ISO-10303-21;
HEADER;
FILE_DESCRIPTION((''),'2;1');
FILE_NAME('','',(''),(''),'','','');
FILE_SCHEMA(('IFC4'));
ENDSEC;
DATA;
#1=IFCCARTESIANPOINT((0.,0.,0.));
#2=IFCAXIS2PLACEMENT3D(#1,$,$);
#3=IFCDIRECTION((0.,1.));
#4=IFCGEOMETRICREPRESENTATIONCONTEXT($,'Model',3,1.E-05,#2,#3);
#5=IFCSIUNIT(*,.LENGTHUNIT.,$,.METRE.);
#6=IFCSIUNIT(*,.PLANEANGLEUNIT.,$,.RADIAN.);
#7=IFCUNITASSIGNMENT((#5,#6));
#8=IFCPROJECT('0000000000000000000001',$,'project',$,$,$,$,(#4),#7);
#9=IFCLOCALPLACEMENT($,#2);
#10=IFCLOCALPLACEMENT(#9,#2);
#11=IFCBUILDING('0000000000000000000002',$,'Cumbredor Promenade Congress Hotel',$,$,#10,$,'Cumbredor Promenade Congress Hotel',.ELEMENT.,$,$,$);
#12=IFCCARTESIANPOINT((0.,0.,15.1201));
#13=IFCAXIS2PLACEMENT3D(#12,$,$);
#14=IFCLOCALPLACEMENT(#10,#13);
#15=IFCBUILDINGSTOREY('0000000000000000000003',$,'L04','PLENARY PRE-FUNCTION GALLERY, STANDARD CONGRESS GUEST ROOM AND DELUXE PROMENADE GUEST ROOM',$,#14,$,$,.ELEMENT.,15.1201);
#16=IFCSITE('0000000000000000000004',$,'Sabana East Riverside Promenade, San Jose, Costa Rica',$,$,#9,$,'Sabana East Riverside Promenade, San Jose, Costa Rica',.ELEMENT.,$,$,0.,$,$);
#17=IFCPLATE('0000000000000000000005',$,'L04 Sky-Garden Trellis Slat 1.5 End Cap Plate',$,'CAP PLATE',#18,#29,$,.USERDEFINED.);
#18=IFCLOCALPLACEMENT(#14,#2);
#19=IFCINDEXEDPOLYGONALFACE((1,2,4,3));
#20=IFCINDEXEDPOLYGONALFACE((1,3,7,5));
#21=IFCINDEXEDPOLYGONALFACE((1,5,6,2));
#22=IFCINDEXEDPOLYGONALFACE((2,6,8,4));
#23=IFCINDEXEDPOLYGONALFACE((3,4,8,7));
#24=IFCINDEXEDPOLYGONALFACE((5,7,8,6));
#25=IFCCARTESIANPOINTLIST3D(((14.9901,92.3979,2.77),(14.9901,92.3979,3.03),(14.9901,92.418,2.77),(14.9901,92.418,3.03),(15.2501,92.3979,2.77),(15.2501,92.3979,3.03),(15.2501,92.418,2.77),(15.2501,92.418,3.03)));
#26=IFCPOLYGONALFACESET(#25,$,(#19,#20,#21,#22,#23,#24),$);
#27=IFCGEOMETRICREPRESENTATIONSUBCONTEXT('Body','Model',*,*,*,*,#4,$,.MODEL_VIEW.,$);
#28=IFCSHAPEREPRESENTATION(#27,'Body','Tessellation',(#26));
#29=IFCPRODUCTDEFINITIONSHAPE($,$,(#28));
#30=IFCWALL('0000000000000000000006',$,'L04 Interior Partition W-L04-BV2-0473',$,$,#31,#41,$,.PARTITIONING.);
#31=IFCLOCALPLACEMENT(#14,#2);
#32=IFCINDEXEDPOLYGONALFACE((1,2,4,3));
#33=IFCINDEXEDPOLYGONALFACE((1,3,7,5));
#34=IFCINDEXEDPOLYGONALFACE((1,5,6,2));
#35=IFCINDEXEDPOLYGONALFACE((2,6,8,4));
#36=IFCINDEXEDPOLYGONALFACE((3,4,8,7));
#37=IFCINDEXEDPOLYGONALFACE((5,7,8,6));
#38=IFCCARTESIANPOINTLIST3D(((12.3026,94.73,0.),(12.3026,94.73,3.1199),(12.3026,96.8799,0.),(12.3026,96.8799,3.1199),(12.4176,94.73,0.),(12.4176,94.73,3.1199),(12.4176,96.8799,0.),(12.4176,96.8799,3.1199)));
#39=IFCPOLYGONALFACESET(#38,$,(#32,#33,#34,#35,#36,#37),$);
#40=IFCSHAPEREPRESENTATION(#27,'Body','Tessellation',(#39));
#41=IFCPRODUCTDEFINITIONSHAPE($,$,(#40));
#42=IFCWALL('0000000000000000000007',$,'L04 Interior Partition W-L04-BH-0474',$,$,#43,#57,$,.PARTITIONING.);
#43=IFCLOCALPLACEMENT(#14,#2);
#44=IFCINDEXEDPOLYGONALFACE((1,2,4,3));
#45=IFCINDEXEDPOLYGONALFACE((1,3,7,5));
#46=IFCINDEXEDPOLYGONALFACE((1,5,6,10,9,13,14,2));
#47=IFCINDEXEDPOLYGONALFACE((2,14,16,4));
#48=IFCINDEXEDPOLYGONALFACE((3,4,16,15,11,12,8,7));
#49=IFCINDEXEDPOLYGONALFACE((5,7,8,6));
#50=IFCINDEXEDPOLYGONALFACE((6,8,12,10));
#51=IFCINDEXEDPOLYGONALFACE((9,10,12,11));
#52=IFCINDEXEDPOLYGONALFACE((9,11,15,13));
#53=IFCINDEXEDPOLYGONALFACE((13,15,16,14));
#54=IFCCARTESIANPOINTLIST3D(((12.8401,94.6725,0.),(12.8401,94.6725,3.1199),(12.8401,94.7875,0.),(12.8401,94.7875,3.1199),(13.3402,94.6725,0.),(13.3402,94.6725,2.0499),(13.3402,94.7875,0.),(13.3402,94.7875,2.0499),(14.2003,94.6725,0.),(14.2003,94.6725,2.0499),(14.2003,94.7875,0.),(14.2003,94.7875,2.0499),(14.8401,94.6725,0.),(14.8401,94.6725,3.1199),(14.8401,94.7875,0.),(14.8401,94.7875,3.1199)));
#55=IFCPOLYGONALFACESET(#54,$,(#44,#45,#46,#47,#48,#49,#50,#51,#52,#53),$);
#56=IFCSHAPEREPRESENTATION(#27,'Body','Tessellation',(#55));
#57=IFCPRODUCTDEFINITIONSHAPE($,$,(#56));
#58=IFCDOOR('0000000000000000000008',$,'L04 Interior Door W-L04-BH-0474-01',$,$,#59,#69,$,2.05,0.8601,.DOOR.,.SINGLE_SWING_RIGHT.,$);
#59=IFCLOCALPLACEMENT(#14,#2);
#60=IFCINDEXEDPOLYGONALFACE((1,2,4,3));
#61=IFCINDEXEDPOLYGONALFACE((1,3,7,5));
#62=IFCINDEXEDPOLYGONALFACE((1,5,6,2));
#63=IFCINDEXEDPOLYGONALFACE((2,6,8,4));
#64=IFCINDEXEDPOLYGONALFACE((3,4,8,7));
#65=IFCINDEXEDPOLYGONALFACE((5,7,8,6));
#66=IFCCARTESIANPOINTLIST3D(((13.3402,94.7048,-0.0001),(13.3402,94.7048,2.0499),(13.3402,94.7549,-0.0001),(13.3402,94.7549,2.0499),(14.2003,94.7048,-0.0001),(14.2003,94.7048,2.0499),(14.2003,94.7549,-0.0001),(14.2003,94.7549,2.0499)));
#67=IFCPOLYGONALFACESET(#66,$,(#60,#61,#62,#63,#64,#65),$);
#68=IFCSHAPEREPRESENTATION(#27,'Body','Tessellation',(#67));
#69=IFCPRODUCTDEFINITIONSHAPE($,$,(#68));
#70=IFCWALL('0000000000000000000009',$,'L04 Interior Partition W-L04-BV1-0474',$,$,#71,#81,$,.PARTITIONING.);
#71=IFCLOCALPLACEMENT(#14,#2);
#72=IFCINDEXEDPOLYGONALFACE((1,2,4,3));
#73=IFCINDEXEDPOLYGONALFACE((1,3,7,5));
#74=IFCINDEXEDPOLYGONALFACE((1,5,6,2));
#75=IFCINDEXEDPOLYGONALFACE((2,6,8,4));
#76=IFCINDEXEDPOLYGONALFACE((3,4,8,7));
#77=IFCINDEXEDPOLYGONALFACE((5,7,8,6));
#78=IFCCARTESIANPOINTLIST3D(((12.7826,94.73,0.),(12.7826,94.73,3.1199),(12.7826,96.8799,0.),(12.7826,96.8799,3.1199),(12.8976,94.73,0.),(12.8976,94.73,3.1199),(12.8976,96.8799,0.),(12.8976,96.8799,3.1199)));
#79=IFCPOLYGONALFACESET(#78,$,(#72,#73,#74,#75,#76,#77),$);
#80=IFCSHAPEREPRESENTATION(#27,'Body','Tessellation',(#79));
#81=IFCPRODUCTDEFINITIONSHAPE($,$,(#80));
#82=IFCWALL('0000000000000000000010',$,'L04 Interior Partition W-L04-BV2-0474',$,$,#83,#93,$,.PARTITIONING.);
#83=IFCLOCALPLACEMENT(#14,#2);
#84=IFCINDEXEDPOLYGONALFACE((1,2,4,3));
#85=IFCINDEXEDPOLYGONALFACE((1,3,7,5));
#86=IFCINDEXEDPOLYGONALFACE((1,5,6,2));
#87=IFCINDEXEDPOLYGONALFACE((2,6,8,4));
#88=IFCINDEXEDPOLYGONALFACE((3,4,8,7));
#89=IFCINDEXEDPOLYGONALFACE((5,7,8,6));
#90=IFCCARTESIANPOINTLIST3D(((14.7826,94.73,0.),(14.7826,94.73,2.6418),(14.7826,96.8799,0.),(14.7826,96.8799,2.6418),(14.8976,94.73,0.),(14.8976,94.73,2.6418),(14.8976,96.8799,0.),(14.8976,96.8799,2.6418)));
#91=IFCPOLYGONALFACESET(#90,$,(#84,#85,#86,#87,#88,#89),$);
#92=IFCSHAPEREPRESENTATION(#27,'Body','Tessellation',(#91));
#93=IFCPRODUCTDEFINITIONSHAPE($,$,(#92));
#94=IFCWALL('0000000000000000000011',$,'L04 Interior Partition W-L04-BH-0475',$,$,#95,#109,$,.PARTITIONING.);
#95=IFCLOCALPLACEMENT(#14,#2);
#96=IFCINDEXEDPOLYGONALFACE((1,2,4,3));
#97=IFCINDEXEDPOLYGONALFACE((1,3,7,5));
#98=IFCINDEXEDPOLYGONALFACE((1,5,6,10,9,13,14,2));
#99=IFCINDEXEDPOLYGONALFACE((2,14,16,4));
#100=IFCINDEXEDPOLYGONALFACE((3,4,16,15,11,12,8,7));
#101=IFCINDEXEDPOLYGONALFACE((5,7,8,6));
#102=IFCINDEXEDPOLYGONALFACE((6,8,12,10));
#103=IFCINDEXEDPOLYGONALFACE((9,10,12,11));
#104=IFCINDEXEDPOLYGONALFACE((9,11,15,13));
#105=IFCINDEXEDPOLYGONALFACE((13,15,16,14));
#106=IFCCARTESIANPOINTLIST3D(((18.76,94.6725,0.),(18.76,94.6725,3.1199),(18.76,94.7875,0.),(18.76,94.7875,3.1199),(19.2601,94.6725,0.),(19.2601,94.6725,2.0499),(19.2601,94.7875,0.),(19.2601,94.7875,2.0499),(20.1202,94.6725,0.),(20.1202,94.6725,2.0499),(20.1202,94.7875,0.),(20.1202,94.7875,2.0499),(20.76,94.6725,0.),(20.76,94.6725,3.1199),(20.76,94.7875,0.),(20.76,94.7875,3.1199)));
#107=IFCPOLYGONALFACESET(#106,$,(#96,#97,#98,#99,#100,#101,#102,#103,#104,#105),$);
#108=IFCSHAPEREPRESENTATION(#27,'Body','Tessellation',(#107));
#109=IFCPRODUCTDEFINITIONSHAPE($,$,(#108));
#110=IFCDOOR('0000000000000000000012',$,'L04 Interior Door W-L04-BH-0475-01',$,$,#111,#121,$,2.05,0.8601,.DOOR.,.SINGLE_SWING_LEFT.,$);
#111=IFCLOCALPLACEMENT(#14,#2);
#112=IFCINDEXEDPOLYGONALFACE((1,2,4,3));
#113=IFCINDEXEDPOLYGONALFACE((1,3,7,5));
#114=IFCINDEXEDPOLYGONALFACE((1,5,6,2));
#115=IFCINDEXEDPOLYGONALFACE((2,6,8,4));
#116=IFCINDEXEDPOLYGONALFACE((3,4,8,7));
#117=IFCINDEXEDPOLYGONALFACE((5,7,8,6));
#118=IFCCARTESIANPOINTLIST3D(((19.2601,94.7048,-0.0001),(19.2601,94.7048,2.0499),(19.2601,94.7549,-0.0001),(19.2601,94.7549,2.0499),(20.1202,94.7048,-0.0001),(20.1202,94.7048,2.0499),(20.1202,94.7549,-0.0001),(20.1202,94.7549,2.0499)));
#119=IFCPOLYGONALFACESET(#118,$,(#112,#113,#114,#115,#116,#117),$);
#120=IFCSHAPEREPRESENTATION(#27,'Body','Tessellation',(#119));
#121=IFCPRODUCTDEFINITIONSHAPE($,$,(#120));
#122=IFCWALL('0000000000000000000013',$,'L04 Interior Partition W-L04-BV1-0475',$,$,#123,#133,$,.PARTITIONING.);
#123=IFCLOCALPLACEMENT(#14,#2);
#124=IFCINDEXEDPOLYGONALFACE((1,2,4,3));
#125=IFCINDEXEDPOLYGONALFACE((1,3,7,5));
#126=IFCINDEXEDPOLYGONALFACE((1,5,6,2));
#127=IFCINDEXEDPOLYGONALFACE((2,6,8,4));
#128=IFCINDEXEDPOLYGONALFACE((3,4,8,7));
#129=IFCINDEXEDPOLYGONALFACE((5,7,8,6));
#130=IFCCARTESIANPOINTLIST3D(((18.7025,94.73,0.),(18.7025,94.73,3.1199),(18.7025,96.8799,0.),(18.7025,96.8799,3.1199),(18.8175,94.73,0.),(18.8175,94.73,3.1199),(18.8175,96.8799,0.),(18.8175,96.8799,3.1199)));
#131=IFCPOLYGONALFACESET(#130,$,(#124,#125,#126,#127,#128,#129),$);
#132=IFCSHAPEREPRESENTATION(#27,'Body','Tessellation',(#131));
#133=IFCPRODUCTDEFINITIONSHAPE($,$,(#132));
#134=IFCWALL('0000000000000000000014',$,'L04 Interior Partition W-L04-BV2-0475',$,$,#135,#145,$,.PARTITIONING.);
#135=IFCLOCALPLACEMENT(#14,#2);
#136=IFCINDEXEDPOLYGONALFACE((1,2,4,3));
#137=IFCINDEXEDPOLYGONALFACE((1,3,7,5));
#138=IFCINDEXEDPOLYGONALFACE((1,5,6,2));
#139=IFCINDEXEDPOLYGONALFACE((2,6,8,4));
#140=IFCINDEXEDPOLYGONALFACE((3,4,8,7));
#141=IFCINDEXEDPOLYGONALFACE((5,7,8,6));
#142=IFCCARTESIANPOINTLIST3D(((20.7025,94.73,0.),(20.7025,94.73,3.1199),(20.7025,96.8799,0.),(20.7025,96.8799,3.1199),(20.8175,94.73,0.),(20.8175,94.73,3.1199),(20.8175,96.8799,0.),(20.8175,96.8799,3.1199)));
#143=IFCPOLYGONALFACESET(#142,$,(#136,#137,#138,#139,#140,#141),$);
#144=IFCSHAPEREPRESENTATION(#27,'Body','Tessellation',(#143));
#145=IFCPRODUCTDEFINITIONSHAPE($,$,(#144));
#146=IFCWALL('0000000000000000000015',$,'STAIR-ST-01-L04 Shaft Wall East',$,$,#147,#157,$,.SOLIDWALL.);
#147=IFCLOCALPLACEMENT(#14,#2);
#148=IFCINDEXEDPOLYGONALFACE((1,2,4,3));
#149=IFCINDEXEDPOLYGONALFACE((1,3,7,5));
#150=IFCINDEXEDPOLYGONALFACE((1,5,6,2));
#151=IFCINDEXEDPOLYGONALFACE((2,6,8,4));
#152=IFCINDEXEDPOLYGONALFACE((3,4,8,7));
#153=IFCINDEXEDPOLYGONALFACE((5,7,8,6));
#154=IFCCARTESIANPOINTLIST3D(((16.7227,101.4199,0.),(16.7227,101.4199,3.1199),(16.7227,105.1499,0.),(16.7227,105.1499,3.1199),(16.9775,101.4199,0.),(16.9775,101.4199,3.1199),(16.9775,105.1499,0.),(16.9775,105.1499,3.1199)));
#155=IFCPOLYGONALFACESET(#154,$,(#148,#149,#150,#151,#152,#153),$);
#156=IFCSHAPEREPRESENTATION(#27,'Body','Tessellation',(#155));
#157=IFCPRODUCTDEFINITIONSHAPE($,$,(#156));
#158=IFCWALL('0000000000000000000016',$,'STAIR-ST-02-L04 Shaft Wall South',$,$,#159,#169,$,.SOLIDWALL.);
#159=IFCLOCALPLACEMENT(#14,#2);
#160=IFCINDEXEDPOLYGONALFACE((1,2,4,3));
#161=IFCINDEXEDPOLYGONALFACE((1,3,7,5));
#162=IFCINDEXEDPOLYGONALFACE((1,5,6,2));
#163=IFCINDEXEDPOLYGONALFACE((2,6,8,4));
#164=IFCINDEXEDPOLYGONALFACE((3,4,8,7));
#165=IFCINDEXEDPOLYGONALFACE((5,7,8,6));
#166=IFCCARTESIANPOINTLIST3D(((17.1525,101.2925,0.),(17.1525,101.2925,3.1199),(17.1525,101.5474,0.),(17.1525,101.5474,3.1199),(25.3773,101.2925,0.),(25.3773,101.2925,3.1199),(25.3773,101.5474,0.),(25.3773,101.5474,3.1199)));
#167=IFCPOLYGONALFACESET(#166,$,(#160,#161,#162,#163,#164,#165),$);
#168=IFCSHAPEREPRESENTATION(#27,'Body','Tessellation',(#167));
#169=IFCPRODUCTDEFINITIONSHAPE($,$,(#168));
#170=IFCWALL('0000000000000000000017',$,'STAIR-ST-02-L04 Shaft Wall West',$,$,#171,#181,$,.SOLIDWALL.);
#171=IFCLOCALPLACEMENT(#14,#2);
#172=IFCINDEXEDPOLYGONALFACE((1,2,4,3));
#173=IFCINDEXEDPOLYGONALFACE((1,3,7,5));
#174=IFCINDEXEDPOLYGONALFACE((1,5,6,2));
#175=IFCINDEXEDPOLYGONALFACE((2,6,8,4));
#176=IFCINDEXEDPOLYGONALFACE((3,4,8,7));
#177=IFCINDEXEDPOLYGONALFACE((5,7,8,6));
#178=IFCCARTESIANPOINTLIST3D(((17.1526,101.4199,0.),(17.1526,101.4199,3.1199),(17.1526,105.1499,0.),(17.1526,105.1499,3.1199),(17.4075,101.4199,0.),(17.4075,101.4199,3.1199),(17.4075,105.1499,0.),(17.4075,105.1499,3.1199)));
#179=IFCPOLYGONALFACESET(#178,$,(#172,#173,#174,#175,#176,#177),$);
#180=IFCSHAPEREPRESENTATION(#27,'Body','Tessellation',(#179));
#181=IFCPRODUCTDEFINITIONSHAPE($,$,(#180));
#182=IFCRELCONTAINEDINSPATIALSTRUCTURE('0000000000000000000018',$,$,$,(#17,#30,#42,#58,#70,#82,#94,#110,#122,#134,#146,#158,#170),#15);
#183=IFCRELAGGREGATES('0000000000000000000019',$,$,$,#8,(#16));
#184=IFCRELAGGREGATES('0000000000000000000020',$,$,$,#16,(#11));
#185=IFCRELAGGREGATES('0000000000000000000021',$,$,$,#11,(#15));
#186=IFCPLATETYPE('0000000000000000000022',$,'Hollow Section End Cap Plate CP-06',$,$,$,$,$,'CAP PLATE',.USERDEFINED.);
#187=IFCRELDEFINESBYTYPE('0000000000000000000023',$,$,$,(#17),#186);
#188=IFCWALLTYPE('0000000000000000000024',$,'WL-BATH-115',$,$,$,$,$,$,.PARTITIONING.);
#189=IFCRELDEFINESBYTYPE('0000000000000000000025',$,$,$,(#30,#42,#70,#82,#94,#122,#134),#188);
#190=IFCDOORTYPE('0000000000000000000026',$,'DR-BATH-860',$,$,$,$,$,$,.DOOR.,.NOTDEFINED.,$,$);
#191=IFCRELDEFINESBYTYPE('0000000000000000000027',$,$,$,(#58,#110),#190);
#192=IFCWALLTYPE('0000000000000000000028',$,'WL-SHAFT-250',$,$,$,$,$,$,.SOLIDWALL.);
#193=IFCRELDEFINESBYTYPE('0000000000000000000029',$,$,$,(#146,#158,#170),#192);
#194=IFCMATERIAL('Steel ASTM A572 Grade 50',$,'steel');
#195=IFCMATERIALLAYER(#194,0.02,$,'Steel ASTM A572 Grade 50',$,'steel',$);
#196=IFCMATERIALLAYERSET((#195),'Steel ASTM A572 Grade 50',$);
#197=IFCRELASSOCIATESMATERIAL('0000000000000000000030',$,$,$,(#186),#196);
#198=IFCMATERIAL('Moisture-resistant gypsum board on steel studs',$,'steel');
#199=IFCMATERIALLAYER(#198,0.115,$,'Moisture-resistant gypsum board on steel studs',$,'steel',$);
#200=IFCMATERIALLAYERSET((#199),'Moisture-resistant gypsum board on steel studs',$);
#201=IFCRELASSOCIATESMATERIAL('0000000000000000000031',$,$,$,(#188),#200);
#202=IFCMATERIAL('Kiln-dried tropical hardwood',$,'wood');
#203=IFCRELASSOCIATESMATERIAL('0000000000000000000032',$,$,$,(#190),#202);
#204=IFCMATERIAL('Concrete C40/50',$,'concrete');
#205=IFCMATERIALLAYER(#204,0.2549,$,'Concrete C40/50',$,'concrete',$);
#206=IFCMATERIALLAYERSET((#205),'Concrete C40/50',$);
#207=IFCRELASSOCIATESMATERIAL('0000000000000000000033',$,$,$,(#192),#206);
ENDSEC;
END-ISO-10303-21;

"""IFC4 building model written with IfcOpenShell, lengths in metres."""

from ifc_helpers import new_model, si_unit, direction, frame, frame_2d, origin, origin_2d, place, context, subcontext, project, spatial, rectangle, extrude, material, layer, layer_set, type_object, element, fill, save


model = new_model("IFC4")

# Units and contexts
model_context = context("Model", 3, precision=1e-05, world=origin(), true_north=direction((0.0, 1.0)))
body_context = subcontext(model_context, "Body", "Model", "MODEL_VIEW")
ifc_project = project(units=[si_unit("LENGTHUNIT", "METRE"), si_unit("PLANEANGLEUNIT", "RADIAN")], contexts=[model_context])

# Site, building, storey
site_placement = place(None, origin())
site = spatial("IfcSite", under=ifc_project, at=site_placement, Name="Sabana East Riverside Promenade, San Jose, Costa Rica", LongName="Sabana East Riverside Promenade, San Jose, Costa Rica", CompositionType="ELEMENT", RefElevation=0.0)
building_placement = place(site_placement, origin())
building = spatial("IfcBuilding", under=site, at=building_placement, Name="Cumbredor Promenade Congress Hotel", LongName="Cumbredor Promenade Congress Hotel", CompositionType="ELEMENT")
storey_placement = place(building_placement, frame((0.0, 0.0, 15.1201)))
storey = spatial("IfcBuildingStorey", under=building, at=storey_placement, Name="L04", Description="PLENARY PRE-FUNCTION GALLERY, STANDARD CONGRESS GUEST ROOM AND DELUXE PROMENADE GUEST ROOM", CompositionType="ELEMENT", Elevation=15.1201)

# Shared definitions
ifc_material_1 = material(Name="Concrete C40/50", Category="concrete")

# Plate
ifc_material_2 = material(Name="Steel ASTM A572 Grade 50", Category="steel")
ifc_layer_1 = layer(ifc_material_2, 0.02, Name="Steel ASTM A572 Grade 50", Category="steel")
ifc_layer_set_1 = layer_set([ifc_layer_1], Name="Steel ASTM A572 Grade 50")
plate_type_1 = type_object("IfcPlateType", Name="Hollow Section End Cap Plate CP-06", ElementType="CAP PLATE", PredefinedType="USERDEFINED", material=ifc_layer_set_1)
for number, where, z_axis, x_axis, name in (
    (1, (15.1201, 92.408, 2.77), (0.0, 0.0, 1.0), (0.0, 1.0, 0.0), "L04 Sky-Garden Trellis Slat 1.5 End Cap Plate"),
):
    element("IfcPlate", number, at=place(storey_placement, frame(where, z_axis=z_axis, x_axis=x_axis)), inside=storey, type_object=plate_type_1, Name=name, ObjectType="CAP PLATE", PredefinedType="USERDEFINED", context=body_context, shape_type="SweptSolid", body=[
        extrude(rectangle(XDim=0.02, YDim=0.26, at=origin_2d()), origin(), (0.0, 0.0, 1.0), 0.26),
    ])

# Wall
ifc_material_3 = material(Name="Moisture-resistant gypsum board on steel studs", Category="steel")
ifc_layer_2 = layer(ifc_material_3, 0.115, Name="Moisture-resistant gypsum board on steel studs", Category="steel")
ifc_layer_set_2 = layer_set([ifc_layer_2], Name="Moisture-resistant gypsum board on steel studs")
wall_type_1 = type_object("IfcWallType", Name="WL-BATH-115", PredefinedType="PARTITIONING", material=ifc_layer_set_2)
wall_1_placement = place(storey_placement, frame((12.3601, 94.73, 0.0), z_axis=(0.0, 0.0, 1.0), x_axis=(0.0, 1.0, 0.0)))
element("IfcWall", 2, at=wall_1_placement, inside=storey, type_object=wall_type_1, Name="L04 Interior Partition W-L04-BV2-0473", PredefinedType="PARTITIONING", context=body_context, shape_type="SweptSolid", body=[
    extrude(rectangle(XDim=2.1499, YDim=0.115, at=frame_2d((1.075, 0.0))), origin(), (0.0, 0.0, 1.0), 3.1199),
])

# Wall, opening, door
wall_2_placement = place(storey_placement, frame((12.8401, 94.73, 0.0), z_axis=(0.0, 0.0, 1.0), x_axis=(1.0, 0.0, 0.0)))
wall_2 = element("IfcWall", 3, at=wall_2_placement, inside=storey, type_object=wall_type_1, Name="L04 Interior Partition W-L04-BH-0474", PredefinedType="PARTITIONING", context=body_context, shape_type="SweptSolid", body=[
    extrude(rectangle(XDim=2.0, YDim=0.115, at=frame_2d((1.0, 0.0))), origin(), (0.0, 0.0, 1.0), 3.1199),
])
opening_1_placement = place(wall_2_placement, frame((0.5, 0.0, 0.0)))
opening_1 = element("IfcOpeningElement", 4, at=opening_1_placement, cuts=wall_2, PredefinedType="OPENING", context=body_context, shape_type="SweptSolid", body=[
    extrude(rectangle(XDim=0.8601, YDim=2.05, at=frame_2d((0.4302, 1.0249))), frame((0.0, 0.0674, 0.0), z_axis=(0.0, -1.0, 0.0), x_axis=(1.0, 0.0, 0.0)), (0.0, 0.0, 1.0), 0.135),
])
ifc_material_4 = material(Name="Kiln-dried tropical hardwood", Category="wood")
door_type = type_object("IfcDoorType", Name="DR-BATH-860", OperationType="NOTDEFINED", PredefinedType="DOOR", material=ifc_material_4)
door_1_placement = place(opening_1_placement, origin())
door_1 = element("IfcDoor", 5, at=door_1_placement, inside=storey, type_object=door_type, Name="L04 Interior Door W-L04-BH-0474-01", OperationType="SINGLE_SWING_RIGHT", OverallHeight=2.05, OverallWidth=0.8601, PredefinedType="DOOR", context=body_context, shape_type="SweptSolid", body=[
    extrude(rectangle(XDim=0.8601, YDim=2.05, at=frame_2d((0.4302, 1.0249))), frame((0.0, 0.0249, 0.0), z_axis=(0.0, -1.0, 0.0), x_axis=(1.0, 0.0, 0.0)), (0.0, 0.0, 1.0), 0.05),
])
fill(opening_1, door_1)

# Walls
wall_3_placement = place(storey_placement, frame((12.8401, 94.73, 0.0), z_axis=(0.0, 0.0, 1.0), x_axis=(0.0, 1.0, 0.0)))
element("IfcWall", 6, at=wall_3_placement, inside=storey, type_object=wall_type_1, Name="L04 Interior Partition W-L04-BV1-0474", PredefinedType="PARTITIONING", context=body_context, shape_type="SweptSolid", body=[
    extrude(rectangle(XDim=2.1499, YDim=0.115, at=frame_2d((1.075, 0.0))), origin(), (0.0, 0.0, 1.0), 3.1199),
])
wall_4_placement = place(storey_placement, frame((14.8401, 94.73, 0.0), z_axis=(0.0, 0.0, 1.0), x_axis=(0.0, 1.0, 0.0)))
element("IfcWall", 7, at=wall_4_placement, inside=storey, type_object=wall_type_1, Name="L04 Interior Partition W-L04-BV2-0474", PredefinedType="PARTITIONING", context=body_context, shape_type="SweptSolid", body=[
    extrude(rectangle(XDim=2.1499, YDim=0.115, at=frame_2d((1.075, 0.0))), origin(), (0.0, 0.0, 1.0), 2.6418),
])

# Wall, opening, door
wall_5_placement = place(storey_placement, frame((18.76, 94.73, 0.0), z_axis=(0.0, 0.0, 1.0), x_axis=(1.0, 0.0, 0.0)))
wall_5 = element("IfcWall", 8, at=wall_5_placement, inside=storey, type_object=wall_type_1, Name="L04 Interior Partition W-L04-BH-0475", PredefinedType="PARTITIONING", context=body_context, shape_type="SweptSolid", body=[
    extrude(rectangle(XDim=2.0, YDim=0.115, at=frame_2d((1.0, 0.0))), origin(), (0.0, 0.0, 1.0), 3.1199),
])
opening_2_placement = place(wall_5_placement, frame((0.5, 0.0, 0.0)))
opening_2 = element("IfcOpeningElement", 9, at=opening_2_placement, cuts=wall_5, PredefinedType="OPENING", context=body_context, shape_type="SweptSolid", body=[
    extrude(rectangle(XDim=0.8601, YDim=2.05, at=frame_2d((0.4302, 1.0249))), frame((0.0, 0.0674, 0.0), z_axis=(0.0, -1.0, 0.0), x_axis=(1.0, 0.0, 0.0)), (0.0, 0.0, 1.0), 0.135),
])
door_2_placement = place(opening_2_placement, origin())
door_2 = element("IfcDoor", 10, at=door_2_placement, inside=storey, type_object=door_type, Name="L04 Interior Door W-L04-BH-0475-01", OperationType="SINGLE_SWING_LEFT", OverallHeight=2.05, OverallWidth=0.8601, PredefinedType="DOOR", context=body_context, shape_type="SweptSolid", body=[
    extrude(rectangle(XDim=0.8601, YDim=2.05, at=frame_2d((0.4302, 1.0249))), frame((0.0, 0.0249, 0.0), z_axis=(0.0, -1.0, 0.0), x_axis=(1.0, 0.0, 0.0)), (0.0, 0.0, 1.0), 0.05),
])
fill(opening_2, door_2)

# Walls
for number, where, z_axis, x_axis, name in (
    (11, (18.76, 94.73, 0.0), (0.0, 0.0, 1.0), (0.0, 1.0, 0.0), "L04 Interior Partition W-L04-BV1-0475"),
    (12, (20.76, 94.73, 0.0), (0.0, 0.0, 1.0), (0.0, 1.0, 0.0), "L04 Interior Partition W-L04-BV2-0475"),
):
    element("IfcWall", number, at=place(storey_placement, frame(where, z_axis=z_axis, x_axis=x_axis)), inside=storey, type_object=wall_type_1, Name=name, PredefinedType="PARTITIONING", context=body_context, shape_type="SweptSolid", body=[
        extrude(rectangle(XDim=2.1499, YDim=0.115, at=frame_2d((1.075, 0.0))), origin(), (0.0, 0.0, 1.0), 3.1199),
    ])
ifc_layer_3 = layer(ifc_material_1, 0.2549, Name="Concrete C40/50", Category="concrete")
ifc_layer_set_3 = layer_set([ifc_layer_3], Name="Concrete C40/50")
wall_type_2 = type_object("IfcWallType", Name="WL-SHAFT-250", PredefinedType="SOLIDWALL", material=ifc_layer_set_3)
wall_6_placement = place(storey_placement, frame((16.8501, 101.4199, 0.0), z_axis=(0.0, 0.0, 1.0), x_axis=(0.0, 1.0, 0.0)))
element("IfcWall", 13, at=wall_6_placement, inside=storey, type_object=wall_type_2, Name="STAIR-ST-01-L04 Shaft Wall East", PredefinedType="SOLIDWALL", context=body_context, shape_type="SweptSolid", body=[
    extrude(rectangle(XDim=3.73, YDim=0.2549, at=frame_2d((1.865, 0.0))), origin(), (0.0, 0.0, 1.0), 3.1199),
])
wall_7_placement = place(storey_placement, frame((17.1526, 101.4199, 0.0), z_axis=(0.0, 0.0, 1.0), x_axis=(1.0, 0.0, 0.0)))
element("IfcWall", 14, at=wall_7_placement, inside=storey, type_object=wall_type_2, Name="STAIR-ST-02-L04 Shaft Wall South", PredefinedType="SOLIDWALL", context=body_context, shape_type="SweptSolid", body=[
    extrude(rectangle(XDim=8.2249, YDim=0.2549, at=frame_2d((4.1123, 0.0))), origin(), (0.0, 0.0, 1.0), 3.1199),
])
wall_8_placement = place(storey_placement, frame((17.28, 101.4199, 0.0), z_axis=(0.0, 0.0, 1.0), x_axis=(0.0, 1.0, 0.0)))
element("IfcWall", 15, at=wall_8_placement, inside=storey, type_object=wall_type_2, Name="STAIR-ST-02-L04 Shaft Wall West", PredefinedType="SOLIDWALL", context=body_context, shape_type="SweptSolid", body=[
    extrude(rectangle(XDim=3.73, YDim=0.2549, at=frame_2d((1.865, 0.0))), origin(), (0.0, 0.0, 1.0), 3.1199),
])

save(model, "model.ifc")
